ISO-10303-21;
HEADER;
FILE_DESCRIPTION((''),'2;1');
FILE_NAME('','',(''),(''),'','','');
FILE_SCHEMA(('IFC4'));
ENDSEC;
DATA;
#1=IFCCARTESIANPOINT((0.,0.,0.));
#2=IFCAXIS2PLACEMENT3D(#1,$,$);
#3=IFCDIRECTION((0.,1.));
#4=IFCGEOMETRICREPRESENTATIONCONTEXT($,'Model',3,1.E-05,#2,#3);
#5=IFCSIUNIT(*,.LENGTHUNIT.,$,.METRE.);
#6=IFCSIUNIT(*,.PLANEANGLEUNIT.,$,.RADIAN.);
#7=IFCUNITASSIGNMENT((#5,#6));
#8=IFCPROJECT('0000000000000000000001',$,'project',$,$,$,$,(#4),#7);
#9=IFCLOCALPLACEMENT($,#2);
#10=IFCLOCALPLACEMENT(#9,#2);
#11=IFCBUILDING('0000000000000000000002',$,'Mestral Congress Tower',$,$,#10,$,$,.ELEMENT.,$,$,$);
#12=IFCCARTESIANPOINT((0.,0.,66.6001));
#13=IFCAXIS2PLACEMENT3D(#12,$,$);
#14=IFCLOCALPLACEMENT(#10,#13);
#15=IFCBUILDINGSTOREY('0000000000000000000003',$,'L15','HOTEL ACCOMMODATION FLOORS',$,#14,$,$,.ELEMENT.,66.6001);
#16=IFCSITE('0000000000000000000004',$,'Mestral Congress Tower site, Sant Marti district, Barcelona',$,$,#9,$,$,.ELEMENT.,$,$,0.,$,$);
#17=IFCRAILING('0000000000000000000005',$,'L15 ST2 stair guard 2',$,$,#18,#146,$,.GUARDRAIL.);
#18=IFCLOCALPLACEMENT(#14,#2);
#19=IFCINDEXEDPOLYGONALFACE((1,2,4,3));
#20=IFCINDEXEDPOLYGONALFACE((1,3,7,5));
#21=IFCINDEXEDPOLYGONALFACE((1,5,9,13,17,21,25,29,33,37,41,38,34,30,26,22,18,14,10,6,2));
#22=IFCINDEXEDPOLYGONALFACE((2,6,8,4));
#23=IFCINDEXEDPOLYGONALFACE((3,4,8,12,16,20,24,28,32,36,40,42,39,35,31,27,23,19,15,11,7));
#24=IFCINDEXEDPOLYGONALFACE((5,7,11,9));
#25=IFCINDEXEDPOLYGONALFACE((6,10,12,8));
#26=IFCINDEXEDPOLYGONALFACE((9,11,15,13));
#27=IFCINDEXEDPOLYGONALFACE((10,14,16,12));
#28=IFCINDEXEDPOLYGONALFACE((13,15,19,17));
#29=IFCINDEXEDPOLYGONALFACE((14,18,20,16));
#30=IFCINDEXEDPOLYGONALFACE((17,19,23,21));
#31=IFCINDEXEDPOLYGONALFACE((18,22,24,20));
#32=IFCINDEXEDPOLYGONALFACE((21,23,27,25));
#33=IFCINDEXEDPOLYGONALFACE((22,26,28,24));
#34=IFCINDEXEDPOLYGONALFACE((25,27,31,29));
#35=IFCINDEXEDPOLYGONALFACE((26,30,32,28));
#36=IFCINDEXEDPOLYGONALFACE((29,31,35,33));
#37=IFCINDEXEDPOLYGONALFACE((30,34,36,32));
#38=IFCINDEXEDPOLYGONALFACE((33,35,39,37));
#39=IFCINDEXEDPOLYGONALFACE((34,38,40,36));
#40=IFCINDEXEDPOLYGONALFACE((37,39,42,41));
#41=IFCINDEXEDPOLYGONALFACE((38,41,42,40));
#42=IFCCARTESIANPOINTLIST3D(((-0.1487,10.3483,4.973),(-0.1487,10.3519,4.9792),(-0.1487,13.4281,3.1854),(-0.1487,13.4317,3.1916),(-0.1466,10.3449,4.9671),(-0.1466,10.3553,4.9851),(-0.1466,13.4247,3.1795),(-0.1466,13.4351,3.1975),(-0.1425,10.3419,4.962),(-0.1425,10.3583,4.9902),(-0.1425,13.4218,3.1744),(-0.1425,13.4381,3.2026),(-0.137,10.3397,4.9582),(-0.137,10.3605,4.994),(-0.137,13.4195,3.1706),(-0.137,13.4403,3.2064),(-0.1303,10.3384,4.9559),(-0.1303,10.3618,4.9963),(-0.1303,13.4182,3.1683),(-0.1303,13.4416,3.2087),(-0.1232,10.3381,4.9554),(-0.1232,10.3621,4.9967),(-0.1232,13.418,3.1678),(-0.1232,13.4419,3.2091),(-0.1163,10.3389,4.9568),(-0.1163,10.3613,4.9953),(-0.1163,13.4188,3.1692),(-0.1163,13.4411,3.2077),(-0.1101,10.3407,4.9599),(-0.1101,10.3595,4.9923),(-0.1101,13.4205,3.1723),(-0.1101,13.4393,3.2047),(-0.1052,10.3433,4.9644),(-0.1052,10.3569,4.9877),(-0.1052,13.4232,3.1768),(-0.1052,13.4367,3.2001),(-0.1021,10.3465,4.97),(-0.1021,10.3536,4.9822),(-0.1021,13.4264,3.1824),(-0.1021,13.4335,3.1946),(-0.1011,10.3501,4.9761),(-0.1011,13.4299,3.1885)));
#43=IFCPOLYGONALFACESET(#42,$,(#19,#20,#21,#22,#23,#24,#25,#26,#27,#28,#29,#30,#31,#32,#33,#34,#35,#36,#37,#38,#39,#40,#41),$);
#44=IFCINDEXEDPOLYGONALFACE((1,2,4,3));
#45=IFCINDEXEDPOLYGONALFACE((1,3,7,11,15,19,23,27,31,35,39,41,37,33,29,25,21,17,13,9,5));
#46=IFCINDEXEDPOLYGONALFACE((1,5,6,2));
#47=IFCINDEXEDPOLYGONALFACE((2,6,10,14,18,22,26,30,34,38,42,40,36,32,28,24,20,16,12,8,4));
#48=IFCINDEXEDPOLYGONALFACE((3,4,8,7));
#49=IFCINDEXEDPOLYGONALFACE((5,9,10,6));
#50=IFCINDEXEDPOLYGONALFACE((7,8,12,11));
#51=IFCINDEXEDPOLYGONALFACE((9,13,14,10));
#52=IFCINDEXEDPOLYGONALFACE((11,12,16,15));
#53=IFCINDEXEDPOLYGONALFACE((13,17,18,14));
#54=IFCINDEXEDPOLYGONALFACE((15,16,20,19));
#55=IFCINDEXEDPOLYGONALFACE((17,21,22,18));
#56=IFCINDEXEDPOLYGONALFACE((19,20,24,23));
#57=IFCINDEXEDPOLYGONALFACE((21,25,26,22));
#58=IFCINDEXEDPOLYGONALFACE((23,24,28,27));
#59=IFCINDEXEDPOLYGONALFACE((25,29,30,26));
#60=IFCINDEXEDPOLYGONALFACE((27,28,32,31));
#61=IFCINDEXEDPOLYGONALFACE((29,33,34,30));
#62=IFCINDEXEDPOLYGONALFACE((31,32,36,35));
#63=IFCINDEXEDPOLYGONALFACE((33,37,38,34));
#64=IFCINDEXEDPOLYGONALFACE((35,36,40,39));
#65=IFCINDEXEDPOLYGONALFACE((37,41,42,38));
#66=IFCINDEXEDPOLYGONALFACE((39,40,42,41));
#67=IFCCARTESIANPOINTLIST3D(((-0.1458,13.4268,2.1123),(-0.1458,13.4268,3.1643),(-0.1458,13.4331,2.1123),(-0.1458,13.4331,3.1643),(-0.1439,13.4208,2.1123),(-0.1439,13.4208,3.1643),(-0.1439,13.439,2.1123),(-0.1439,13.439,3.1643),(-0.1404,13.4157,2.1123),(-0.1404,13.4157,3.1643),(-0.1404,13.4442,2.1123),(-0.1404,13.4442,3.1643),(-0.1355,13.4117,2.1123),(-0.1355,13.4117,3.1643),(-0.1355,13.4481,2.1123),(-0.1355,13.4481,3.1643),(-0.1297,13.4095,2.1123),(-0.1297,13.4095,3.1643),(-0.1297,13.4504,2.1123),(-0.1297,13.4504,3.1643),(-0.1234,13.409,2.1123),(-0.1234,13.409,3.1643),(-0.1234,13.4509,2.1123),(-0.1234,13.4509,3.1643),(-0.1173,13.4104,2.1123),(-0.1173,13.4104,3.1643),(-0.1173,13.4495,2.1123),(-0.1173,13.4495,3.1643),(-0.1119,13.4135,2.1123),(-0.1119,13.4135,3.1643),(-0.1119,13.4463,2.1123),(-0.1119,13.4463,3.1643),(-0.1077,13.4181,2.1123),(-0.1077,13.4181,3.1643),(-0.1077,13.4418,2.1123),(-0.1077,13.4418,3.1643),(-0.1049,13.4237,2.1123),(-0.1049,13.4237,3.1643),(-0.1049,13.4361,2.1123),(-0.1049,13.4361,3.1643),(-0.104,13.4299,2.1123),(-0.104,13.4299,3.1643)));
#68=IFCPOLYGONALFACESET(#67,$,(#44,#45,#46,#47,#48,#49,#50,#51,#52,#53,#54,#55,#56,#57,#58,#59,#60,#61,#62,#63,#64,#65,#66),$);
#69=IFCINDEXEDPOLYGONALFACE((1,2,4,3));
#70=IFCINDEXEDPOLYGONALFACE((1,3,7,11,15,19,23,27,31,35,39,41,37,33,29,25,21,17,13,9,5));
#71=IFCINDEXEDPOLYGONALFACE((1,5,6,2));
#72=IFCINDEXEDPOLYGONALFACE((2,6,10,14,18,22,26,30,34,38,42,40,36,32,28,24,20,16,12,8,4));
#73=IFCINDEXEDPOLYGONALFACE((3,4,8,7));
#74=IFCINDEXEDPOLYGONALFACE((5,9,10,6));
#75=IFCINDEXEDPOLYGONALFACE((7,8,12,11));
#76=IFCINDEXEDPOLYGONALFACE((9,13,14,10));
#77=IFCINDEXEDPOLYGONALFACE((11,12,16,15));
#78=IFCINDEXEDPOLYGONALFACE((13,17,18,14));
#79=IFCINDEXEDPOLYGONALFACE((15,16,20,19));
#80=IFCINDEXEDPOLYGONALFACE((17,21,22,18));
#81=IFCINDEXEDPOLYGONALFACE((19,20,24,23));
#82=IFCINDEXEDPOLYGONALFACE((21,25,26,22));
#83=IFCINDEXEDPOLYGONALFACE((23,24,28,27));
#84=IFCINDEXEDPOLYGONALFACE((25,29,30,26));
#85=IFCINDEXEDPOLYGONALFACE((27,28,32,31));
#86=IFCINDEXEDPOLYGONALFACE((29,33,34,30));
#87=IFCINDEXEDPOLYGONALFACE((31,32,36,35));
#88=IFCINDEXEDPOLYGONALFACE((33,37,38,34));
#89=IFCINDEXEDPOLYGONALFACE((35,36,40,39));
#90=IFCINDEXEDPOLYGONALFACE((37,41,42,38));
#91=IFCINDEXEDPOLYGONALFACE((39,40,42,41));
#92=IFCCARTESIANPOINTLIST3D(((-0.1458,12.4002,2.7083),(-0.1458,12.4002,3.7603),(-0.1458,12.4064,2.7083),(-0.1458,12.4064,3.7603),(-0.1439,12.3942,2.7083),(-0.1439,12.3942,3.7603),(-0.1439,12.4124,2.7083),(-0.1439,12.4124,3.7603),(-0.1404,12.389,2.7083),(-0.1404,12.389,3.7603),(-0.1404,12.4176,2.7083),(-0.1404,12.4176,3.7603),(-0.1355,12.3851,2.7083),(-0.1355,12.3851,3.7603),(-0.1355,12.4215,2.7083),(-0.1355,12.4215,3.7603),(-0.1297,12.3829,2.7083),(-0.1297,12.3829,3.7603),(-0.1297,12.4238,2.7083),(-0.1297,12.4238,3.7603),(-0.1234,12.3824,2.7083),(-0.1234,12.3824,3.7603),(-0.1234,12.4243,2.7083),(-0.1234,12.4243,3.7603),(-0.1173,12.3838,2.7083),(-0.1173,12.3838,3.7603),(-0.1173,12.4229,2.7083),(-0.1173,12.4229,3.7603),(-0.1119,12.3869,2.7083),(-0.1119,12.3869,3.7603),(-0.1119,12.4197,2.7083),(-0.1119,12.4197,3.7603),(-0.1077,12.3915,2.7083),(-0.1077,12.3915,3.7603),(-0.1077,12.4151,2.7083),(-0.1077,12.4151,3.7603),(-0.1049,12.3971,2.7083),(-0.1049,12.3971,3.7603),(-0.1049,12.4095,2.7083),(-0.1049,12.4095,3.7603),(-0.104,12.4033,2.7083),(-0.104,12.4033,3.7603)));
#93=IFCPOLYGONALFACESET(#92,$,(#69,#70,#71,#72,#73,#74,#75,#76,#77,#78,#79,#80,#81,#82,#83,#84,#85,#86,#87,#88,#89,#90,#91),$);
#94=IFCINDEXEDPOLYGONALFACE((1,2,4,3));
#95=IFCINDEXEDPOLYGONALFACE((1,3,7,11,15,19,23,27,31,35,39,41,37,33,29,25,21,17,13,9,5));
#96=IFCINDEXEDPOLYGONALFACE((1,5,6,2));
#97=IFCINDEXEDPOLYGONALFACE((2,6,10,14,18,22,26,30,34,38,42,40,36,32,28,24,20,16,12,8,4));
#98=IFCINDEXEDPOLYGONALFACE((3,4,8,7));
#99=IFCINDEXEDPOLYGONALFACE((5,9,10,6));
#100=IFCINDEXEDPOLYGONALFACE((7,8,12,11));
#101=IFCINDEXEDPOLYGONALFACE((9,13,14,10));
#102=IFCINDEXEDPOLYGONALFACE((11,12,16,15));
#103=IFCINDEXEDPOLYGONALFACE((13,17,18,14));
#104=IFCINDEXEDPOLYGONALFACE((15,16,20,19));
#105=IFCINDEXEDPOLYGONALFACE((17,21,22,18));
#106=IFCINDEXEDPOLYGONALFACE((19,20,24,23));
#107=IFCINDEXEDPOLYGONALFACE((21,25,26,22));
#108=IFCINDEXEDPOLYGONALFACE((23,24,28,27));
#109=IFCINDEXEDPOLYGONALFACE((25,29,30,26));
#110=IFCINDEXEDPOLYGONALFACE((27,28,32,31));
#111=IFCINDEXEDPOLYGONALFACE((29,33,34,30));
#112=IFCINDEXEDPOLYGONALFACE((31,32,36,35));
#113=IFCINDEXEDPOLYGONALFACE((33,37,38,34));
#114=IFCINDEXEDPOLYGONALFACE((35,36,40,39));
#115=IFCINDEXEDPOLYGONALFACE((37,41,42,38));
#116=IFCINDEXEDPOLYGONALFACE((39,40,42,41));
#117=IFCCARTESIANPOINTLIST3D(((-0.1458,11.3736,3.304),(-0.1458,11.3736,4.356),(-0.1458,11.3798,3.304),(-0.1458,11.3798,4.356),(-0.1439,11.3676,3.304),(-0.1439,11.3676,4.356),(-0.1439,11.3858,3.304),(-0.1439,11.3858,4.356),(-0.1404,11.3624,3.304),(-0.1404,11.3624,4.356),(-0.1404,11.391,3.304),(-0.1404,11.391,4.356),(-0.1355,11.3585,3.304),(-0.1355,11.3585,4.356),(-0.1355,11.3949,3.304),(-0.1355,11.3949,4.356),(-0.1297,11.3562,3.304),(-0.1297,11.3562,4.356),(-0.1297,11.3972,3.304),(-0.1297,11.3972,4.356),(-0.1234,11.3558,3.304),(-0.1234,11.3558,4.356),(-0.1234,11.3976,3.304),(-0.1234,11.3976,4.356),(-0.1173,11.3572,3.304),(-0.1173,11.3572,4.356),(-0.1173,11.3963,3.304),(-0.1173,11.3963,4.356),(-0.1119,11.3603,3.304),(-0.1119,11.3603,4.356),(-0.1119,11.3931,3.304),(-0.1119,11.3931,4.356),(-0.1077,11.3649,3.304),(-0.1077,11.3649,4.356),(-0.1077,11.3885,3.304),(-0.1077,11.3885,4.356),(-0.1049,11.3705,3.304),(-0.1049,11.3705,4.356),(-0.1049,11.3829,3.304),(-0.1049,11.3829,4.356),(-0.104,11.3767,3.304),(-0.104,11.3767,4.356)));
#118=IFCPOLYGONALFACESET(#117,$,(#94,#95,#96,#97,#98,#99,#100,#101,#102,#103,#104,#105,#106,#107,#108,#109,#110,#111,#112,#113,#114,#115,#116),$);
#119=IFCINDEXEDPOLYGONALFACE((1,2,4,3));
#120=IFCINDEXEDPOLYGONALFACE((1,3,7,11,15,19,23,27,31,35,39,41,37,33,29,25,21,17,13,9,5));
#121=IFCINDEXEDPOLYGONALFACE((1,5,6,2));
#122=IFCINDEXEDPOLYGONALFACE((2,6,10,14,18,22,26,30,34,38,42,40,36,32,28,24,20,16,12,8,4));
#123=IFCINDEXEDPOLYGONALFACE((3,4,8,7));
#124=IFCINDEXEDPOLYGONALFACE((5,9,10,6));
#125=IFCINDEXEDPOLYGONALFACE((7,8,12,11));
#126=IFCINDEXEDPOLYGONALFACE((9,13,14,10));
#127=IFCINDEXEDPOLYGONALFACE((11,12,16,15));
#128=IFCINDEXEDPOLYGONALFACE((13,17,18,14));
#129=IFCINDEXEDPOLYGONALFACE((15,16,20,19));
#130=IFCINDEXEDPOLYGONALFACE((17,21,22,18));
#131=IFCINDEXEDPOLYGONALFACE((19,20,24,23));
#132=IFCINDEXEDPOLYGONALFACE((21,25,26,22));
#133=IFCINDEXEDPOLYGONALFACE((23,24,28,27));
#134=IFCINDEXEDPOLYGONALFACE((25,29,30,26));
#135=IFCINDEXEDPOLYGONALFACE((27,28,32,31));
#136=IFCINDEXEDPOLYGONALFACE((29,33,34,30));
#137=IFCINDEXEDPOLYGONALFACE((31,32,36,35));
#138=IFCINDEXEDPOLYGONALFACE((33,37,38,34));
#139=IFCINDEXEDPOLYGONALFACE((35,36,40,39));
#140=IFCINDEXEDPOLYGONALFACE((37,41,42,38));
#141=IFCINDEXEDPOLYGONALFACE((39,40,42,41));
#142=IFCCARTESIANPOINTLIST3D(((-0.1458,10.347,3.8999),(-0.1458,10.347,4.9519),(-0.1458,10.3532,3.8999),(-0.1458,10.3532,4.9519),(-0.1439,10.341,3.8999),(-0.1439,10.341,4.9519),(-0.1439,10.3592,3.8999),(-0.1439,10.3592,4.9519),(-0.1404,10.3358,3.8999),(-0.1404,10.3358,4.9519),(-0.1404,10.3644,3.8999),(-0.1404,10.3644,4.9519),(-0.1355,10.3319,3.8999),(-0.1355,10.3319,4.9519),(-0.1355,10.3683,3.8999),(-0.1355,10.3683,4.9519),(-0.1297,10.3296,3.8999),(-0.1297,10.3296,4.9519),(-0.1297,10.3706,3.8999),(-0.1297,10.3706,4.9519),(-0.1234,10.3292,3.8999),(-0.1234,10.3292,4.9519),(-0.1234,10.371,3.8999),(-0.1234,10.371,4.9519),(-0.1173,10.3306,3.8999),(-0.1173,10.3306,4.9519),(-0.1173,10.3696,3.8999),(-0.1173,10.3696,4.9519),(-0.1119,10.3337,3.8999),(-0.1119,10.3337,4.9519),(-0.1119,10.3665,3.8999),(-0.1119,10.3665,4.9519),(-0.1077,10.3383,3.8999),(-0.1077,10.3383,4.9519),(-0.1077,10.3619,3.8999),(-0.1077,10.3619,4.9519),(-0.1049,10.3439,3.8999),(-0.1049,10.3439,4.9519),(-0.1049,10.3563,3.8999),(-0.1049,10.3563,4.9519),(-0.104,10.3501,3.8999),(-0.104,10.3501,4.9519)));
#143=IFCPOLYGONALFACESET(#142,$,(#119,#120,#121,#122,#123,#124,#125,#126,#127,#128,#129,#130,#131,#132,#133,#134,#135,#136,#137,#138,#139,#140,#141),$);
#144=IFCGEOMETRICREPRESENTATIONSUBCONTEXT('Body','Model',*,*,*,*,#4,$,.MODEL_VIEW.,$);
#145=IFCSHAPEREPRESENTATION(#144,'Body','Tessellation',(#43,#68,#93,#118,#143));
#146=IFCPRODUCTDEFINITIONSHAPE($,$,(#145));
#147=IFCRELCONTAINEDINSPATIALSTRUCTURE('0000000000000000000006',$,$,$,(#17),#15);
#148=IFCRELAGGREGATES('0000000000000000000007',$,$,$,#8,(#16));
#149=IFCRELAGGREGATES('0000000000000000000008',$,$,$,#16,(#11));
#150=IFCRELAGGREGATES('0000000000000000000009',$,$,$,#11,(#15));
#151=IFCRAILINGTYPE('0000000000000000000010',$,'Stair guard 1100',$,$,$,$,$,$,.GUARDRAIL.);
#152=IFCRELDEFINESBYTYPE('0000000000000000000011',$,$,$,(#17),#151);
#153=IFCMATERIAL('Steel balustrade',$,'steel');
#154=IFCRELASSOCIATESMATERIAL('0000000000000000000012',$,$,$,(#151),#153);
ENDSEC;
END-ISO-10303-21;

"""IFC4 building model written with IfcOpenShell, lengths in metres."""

from ifc_helpers import new_model, si_unit, direction, frame, origin, origin_2d, place, context, subcontext, project, spatial, circle, extrude, material, type_object, element, save


model = new_model("IFC4")

# Units and contexts
model_context = context("Model", 3, precision=1e-05, world=origin(), true_north=direction((0.0, 1.0)))
body_context = subcontext(model_context, "Body", "Model", "MODEL_VIEW")
ifc_project = project(units=[si_unit("LENGTHUNIT", "METRE"), si_unit("PLANEANGLEUNIT", "RADIAN")], contexts=[model_context])

# Site, building, storey
site_placement = place(None, origin())
site = spatial("IfcSite", under=ifc_project, at=site_placement, Name="Mestral Congress Tower site, Sant Marti district, Barcelona", CompositionType="ELEMENT", RefElevation=0.0)
building_placement = place(site_placement, origin())
building = spatial("IfcBuilding", under=site, at=building_placement, Name="Mestral Congress Tower", CompositionType="ELEMENT")
storey_placement = place(building_placement, frame((0.0, 0.0, 66.6001)))
storey = spatial("IfcBuildingStorey", under=building, at=storey_placement, Name="L15", Description="HOTEL ACCOMMODATION FLOORS", CompositionType="ELEMENT", Elevation=66.6001)

# Railing
ifc_material_1 = material(Name="Steel balustrade", Category="steel")
railing_type = type_object("IfcRailingType", Name="Stair guard 1100", PredefinedType="GUARDRAIL", material=ifc_material_1)
railing_placement = place(storey_placement, frame((-0.125, 13.4299, 2.1123)))
element("IfcRailing", 1, at=railing_placement, inside=storey, type_object=railing_type, Name="L15 ST2 stair guard 2", PredefinedType="GUARDRAIL", context=body_context, shape_type="SweptSolid", body=[
    extrude(circle(Radius=0.0239, at=origin_2d()), frame((0.0, 0.0, 1.0762), z_axis=(0.0, -0.864873, 0.50199), x_axis=(1.0, 0.0, 0.0)), (0.0, 0.0, 1.0), 3.561),
    extrude(circle(Radius=0.021, at=origin_2d()), origin(), (0.0, 0.0, 1.0), 1.052),
    extrude(circle(Radius=0.021, at=origin_2d()), frame((0.0, -1.0266, 0.5959)), (0.0, 0.0, 1.0), 1.052),
    extrude(circle(Radius=0.021, at=origin_2d()), frame((0.0, -2.0532, 1.1917)), (0.0, 0.0, 1.0), 1.052),
    extrude(circle(Radius=0.021, at=origin_2d()), frame((0.0, -3.0798, 1.7876)), (0.0, 0.0, 1.0), 1.052),
])

save(model, "model.ifc")
